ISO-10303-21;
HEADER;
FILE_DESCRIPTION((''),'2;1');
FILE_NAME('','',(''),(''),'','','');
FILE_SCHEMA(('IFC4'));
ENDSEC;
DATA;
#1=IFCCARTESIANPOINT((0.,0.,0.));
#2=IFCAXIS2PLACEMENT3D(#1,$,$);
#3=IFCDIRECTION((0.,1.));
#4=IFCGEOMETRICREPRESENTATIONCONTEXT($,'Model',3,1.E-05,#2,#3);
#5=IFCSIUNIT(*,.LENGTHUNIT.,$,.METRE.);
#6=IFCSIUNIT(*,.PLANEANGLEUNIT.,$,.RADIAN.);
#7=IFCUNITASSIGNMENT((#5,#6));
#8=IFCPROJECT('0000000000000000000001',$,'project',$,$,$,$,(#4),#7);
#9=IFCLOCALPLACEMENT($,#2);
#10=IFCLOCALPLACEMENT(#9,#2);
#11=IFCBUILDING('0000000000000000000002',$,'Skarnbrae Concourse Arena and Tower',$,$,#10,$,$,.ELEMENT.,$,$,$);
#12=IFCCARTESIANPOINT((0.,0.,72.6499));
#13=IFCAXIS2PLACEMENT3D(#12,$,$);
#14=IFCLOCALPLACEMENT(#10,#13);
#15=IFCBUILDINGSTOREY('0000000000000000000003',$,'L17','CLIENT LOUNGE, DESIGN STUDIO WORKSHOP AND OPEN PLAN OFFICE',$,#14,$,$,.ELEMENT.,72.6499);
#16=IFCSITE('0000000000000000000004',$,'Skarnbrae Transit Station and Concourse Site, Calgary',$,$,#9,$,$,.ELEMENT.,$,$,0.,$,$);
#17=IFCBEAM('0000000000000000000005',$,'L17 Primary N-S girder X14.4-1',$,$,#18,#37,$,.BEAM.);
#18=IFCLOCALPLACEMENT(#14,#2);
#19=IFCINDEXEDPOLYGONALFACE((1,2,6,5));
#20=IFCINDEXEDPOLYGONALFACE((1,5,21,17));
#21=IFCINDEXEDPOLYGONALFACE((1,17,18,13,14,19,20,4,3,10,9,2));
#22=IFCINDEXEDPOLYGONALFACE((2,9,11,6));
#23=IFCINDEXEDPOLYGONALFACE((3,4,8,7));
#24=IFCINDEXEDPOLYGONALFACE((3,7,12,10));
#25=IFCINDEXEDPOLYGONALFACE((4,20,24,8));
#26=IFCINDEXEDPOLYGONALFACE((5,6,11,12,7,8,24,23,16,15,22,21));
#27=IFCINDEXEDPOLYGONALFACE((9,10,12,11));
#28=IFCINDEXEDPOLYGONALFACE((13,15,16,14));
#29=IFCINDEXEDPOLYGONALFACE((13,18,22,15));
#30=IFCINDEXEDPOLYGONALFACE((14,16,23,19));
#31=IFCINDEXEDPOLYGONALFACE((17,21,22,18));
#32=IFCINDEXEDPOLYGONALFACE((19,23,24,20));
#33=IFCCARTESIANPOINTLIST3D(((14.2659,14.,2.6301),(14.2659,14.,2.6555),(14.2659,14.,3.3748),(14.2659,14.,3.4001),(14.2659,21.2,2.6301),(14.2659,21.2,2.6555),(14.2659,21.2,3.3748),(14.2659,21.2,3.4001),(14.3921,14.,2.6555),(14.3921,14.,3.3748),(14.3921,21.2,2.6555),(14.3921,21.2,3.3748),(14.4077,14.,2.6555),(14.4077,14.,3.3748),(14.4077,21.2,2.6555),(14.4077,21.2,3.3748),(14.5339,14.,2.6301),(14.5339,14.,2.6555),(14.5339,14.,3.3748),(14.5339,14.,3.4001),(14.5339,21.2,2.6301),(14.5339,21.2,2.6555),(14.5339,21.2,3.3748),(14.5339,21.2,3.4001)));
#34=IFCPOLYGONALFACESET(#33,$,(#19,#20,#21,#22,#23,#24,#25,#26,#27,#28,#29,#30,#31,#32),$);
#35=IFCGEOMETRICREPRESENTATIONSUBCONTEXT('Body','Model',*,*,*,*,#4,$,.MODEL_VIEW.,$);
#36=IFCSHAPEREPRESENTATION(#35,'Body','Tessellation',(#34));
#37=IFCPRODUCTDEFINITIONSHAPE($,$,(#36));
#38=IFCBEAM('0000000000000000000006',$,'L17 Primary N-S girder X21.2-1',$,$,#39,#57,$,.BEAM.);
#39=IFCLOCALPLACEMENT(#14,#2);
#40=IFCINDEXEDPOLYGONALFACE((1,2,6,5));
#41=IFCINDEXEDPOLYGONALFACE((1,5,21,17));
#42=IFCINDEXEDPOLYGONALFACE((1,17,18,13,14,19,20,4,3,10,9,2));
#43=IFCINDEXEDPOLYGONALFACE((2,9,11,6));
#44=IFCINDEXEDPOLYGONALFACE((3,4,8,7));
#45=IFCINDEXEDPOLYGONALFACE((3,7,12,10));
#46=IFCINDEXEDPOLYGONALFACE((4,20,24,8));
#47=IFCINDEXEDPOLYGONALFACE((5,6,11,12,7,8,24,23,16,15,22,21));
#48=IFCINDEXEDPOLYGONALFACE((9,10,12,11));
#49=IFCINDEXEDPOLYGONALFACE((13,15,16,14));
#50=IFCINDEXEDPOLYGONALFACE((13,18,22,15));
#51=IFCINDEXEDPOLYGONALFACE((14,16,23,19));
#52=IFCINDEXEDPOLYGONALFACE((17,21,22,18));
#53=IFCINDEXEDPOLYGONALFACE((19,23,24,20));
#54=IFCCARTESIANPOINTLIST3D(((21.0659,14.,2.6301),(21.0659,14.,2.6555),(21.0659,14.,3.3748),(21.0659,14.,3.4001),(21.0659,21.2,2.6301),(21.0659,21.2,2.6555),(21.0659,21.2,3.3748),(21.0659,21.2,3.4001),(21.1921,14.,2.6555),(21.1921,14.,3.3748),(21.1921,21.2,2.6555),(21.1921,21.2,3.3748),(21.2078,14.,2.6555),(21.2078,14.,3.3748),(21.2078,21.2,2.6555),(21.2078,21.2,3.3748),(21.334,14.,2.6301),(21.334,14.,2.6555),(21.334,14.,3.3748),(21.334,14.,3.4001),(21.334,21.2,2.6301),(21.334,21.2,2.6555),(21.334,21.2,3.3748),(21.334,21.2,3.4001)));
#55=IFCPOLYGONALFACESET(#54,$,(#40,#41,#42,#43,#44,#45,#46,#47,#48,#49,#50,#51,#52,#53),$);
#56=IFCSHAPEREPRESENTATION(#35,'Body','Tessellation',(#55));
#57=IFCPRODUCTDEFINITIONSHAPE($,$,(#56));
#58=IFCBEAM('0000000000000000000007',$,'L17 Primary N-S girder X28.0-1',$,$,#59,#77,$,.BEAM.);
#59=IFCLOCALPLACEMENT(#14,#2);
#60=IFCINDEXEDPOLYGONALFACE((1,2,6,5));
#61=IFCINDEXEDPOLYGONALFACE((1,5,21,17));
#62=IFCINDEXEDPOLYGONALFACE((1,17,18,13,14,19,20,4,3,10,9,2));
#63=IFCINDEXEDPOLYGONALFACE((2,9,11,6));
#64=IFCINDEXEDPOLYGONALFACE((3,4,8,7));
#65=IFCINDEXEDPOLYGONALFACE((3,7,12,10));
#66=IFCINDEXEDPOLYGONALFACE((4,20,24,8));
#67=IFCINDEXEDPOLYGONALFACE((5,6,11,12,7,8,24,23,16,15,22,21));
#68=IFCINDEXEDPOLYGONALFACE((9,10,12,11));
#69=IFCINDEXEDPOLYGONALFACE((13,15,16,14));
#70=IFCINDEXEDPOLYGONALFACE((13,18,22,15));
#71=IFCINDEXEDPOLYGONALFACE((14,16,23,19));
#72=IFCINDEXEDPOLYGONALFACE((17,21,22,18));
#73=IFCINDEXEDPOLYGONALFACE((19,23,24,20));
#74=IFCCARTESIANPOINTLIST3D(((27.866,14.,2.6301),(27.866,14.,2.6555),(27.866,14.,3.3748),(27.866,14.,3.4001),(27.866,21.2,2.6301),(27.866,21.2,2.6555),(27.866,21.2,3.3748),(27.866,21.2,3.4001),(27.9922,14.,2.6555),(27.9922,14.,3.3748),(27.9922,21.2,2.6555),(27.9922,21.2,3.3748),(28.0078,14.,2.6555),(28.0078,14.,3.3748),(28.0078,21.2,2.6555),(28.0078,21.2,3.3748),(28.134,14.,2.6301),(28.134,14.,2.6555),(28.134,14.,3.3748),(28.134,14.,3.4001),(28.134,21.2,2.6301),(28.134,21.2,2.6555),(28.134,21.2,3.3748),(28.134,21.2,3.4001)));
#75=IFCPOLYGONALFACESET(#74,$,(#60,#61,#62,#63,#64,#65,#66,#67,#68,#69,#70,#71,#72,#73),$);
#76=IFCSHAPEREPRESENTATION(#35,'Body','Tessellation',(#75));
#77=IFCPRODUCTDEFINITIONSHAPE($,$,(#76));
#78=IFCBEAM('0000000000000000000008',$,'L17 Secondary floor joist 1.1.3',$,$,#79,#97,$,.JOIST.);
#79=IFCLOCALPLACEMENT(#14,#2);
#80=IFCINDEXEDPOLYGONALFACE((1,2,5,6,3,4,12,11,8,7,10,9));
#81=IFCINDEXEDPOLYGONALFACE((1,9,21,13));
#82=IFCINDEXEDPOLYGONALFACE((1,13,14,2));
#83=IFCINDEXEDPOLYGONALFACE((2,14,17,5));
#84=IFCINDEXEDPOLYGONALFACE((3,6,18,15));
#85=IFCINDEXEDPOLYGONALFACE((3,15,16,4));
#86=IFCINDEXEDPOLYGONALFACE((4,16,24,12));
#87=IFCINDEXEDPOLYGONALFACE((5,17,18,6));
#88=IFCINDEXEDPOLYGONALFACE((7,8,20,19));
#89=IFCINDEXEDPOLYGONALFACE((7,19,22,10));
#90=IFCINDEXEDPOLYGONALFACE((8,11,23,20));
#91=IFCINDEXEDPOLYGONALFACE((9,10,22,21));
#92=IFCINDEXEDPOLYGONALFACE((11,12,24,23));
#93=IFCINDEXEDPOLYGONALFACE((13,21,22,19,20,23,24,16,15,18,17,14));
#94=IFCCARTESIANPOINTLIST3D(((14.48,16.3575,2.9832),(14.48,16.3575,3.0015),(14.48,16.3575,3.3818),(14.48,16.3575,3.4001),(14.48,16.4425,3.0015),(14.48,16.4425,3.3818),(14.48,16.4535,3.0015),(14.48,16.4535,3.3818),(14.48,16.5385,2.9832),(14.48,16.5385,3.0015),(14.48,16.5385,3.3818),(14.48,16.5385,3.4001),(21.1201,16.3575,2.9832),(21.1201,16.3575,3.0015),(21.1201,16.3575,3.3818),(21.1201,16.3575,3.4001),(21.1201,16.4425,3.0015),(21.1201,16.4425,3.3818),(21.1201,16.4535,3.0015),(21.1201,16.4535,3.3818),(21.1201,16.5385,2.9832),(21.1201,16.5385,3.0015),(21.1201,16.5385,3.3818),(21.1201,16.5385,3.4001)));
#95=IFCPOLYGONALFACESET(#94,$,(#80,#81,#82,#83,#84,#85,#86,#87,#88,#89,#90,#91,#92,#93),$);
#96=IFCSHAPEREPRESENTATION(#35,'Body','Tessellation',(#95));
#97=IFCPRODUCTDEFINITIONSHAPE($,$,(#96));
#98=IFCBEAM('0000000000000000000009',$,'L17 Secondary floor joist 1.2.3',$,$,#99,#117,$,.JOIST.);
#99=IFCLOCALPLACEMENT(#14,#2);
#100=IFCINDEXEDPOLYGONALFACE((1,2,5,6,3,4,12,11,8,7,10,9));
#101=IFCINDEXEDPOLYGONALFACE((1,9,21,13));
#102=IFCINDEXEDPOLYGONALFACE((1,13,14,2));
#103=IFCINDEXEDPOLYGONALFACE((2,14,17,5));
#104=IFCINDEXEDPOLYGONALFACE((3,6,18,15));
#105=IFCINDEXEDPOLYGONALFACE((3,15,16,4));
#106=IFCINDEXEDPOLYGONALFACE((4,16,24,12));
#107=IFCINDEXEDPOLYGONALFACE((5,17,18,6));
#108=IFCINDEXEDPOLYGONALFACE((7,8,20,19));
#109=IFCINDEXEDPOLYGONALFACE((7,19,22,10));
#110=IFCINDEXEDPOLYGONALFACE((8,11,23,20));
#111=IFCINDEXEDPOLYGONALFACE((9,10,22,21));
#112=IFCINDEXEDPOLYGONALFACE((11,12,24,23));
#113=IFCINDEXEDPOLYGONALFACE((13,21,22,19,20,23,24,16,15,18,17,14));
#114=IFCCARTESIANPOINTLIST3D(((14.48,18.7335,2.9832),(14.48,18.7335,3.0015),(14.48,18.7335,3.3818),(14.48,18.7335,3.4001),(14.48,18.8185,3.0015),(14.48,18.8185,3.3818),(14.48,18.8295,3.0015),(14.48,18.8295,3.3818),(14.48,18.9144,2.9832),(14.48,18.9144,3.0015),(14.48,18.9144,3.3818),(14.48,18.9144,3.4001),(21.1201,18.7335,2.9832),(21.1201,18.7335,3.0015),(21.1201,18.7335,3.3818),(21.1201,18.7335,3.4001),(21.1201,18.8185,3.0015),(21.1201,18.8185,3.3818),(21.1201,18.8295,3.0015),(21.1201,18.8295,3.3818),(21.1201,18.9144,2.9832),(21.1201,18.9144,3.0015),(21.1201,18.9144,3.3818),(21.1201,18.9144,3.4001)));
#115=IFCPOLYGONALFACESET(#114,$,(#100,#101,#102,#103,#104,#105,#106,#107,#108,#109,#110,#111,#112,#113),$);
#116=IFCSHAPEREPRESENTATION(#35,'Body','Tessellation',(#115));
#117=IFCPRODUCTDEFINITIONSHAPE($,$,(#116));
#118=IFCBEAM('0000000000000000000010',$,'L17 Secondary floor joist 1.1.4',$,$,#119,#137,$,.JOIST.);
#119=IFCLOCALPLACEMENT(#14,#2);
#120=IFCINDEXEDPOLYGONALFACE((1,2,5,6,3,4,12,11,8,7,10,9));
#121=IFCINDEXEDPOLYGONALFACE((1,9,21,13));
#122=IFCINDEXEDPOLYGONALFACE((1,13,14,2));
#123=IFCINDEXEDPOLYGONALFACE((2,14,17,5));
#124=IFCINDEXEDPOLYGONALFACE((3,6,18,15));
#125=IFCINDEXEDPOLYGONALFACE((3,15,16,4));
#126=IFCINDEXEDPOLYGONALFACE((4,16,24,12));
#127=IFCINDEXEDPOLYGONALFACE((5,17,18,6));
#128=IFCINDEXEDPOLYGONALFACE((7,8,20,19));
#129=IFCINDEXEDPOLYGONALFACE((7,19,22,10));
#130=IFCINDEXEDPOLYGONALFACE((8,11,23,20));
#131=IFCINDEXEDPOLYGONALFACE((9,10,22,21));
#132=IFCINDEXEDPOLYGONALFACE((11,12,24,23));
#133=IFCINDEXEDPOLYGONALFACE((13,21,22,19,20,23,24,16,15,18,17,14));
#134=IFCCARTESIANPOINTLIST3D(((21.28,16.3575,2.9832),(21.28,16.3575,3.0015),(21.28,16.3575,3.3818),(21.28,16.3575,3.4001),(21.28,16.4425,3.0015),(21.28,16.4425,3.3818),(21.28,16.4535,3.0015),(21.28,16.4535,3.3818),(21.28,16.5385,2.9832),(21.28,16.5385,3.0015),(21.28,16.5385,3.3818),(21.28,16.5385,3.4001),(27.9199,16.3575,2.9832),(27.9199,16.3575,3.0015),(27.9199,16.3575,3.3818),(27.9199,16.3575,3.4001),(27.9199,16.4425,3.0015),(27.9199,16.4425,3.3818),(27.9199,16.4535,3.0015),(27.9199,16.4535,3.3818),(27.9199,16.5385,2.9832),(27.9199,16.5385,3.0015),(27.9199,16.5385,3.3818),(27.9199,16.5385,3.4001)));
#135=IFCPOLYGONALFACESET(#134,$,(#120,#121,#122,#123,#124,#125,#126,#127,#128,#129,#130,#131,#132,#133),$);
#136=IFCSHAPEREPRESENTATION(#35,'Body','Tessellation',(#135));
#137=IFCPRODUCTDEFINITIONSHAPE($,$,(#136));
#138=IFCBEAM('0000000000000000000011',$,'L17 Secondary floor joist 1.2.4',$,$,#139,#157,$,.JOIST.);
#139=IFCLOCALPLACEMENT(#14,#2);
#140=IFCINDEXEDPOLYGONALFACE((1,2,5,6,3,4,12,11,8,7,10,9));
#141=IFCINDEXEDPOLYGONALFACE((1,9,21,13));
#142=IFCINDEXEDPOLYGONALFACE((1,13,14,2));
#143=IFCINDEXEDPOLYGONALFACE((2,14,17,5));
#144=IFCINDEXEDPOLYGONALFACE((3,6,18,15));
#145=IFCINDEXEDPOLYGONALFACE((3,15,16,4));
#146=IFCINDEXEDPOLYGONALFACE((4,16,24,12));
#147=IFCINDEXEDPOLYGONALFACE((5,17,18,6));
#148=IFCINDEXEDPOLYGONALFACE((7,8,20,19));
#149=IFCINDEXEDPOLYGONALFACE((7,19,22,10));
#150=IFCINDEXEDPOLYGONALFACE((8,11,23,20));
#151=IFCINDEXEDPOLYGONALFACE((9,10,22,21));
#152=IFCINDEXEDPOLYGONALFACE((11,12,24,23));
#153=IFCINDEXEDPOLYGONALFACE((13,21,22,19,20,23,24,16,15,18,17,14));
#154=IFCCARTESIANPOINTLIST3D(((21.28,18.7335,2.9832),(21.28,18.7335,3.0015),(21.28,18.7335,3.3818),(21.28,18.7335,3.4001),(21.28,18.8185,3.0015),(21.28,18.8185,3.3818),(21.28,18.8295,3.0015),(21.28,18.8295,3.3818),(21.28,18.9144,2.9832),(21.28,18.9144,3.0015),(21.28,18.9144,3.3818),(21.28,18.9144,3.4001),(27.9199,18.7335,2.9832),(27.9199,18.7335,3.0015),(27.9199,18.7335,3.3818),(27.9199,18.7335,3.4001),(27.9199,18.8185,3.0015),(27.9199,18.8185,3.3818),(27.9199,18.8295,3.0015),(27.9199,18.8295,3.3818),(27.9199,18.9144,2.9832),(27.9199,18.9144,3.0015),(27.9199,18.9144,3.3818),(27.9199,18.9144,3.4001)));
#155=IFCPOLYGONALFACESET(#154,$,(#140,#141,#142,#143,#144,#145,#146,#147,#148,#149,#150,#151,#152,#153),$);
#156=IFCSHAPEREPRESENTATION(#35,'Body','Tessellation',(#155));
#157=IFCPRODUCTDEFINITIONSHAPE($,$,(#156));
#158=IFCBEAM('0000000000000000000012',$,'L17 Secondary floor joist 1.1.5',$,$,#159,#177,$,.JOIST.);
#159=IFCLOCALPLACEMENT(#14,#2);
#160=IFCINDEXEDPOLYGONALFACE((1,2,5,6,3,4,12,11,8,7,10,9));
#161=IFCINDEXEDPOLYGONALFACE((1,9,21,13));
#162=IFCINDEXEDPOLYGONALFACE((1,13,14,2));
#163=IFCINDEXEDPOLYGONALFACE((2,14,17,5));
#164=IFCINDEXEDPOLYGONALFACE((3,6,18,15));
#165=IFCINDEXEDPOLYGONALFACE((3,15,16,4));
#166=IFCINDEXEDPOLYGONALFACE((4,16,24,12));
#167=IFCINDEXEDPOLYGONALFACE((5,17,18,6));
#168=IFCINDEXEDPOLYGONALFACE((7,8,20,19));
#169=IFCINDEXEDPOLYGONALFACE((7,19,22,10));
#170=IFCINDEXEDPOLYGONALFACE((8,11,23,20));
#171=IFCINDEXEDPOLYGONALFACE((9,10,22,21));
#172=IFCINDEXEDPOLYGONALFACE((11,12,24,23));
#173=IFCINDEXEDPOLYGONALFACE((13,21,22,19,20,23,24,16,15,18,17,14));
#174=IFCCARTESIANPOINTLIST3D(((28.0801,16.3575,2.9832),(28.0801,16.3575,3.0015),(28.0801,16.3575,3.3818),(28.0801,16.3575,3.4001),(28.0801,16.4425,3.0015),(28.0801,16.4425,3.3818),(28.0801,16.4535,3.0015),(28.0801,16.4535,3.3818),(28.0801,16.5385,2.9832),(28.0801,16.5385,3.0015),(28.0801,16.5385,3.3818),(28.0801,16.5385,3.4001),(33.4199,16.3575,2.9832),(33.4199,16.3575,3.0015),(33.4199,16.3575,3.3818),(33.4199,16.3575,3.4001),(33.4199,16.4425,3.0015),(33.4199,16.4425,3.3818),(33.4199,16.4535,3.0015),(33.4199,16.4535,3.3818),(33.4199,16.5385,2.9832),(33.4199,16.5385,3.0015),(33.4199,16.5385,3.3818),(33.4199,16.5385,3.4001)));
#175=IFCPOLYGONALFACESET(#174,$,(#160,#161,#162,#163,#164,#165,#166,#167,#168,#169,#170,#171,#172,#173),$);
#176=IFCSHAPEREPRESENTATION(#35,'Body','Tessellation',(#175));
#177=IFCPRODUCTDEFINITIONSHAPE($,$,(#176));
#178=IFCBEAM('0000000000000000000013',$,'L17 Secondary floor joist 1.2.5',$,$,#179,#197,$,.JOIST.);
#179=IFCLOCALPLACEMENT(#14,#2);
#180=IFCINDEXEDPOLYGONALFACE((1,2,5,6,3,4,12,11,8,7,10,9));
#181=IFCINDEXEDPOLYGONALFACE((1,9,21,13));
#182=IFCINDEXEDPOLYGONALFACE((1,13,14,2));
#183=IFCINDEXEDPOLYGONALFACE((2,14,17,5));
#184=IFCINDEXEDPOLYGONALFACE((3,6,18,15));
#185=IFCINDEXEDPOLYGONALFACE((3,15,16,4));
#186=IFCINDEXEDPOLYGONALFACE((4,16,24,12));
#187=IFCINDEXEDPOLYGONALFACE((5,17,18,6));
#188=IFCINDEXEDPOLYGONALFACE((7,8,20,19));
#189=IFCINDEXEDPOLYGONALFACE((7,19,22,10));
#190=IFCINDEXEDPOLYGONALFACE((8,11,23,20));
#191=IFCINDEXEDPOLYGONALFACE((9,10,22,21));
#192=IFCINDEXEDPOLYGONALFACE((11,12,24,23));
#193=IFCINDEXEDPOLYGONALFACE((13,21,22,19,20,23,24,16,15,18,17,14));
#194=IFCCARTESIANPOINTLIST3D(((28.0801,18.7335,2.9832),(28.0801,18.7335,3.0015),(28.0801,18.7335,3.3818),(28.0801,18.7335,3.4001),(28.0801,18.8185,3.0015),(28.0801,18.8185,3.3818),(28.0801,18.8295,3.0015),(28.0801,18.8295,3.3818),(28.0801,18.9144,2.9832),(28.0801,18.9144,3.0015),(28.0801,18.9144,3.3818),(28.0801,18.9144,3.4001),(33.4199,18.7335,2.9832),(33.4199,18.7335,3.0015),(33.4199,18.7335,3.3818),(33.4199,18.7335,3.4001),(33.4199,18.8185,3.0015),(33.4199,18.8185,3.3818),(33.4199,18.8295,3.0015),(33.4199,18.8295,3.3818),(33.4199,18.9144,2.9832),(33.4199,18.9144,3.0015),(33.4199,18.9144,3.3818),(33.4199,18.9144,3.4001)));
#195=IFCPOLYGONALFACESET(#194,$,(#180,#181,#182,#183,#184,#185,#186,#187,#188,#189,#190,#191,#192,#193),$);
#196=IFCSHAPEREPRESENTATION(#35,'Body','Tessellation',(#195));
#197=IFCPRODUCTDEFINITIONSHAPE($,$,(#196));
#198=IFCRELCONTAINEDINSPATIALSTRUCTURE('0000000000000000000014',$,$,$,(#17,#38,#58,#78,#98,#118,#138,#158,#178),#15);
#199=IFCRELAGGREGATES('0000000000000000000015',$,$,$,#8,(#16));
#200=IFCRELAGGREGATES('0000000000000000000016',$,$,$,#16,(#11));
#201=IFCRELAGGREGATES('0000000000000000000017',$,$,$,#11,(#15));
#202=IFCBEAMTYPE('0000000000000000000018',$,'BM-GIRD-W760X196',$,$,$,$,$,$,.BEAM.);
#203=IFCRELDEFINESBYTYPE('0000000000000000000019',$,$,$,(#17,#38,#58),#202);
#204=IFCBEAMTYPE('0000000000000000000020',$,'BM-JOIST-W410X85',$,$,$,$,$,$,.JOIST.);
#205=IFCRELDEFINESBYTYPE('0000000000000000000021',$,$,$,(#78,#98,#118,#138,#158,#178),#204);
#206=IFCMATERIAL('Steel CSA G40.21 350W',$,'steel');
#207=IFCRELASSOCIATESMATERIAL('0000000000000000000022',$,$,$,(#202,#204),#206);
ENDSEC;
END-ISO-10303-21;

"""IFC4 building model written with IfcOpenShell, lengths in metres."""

from ifc_helpers import new_model, si_unit, direction, frame, origin, origin_2d, place, context, subcontext, project, spatial, i_section, extrude, source, transform, mapped, material, material_profile, profile_set, type_object, element, save


model = new_model("IFC4")

# Units and contexts
model_context = context("Model", 3, precision=1e-05, world=origin(), true_north=direction((0.0, 1.0)))
body_context = subcontext(model_context, "Body", "Model", "MODEL_VIEW")
ifc_project = project(units=[si_unit("LENGTHUNIT", "METRE"), si_unit("PLANEANGLEUNIT", "RADIAN")], contexts=[model_context])

# Site, building, storey
site_placement = place(None, origin())
site = spatial("IfcSite", under=ifc_project, at=site_placement, Name="Skarnbrae Transit Station and Concourse Site, Calgary", CompositionType="ELEMENT", RefElevation=0.0)
building_placement = place(site_placement, origin())
building = spatial("IfcBuilding", under=site, at=building_placement, Name="Skarnbrae Concourse Arena and Tower", CompositionType="ELEMENT")
storey_placement = place(building_placement, frame((0.0, 0.0, 72.6499)))
storey = spatial("IfcBuildingStorey", under=building, at=storey_placement, Name="L17", Description="CLIENT LOUNGE, DESIGN STUDIO WORKSHOP AND OPEN PLAN OFFICE", CompositionType="ELEMENT", Elevation=72.6499)

# Shared definitions
ifc_material_1 = material(Name="Steel CSA G40.21 350W", Category="steel")

# Beams
ifc_material_profile_1 = material_profile(ifc_material_1, i_section(OverallWidth=0.2681, OverallDepth=0.77, WebThickness=0.0156, FlangeThickness=0.0254, at=origin_2d()), Name="W760X196")
ifc_profile_set_1 = profile_set([ifc_material_profile_1], Name="Steel CSA G40.21 350W")
beam_type_1 = type_object("IfcBeamType", Name="BM-GIRD-W760X196", PredefinedType="BEAM", material=ifc_profile_set_1)
shared_shape_1 = source(origin(), body_context, "Body", "SweptSolid", [
    extrude(i_section(OverallWidth=0.2681, OverallDepth=0.77, WebThickness=0.0156, FlangeThickness=0.0254, at=origin_2d()), origin(), (0.0, 0.0, 1.0), 7.2),
])
for number, where, z_axis, x_axis, name in (
    (1, (14.3999, 14.0, 3.0151), (0.0, 1.0, 0.0), (-1.0, 0.0, 0.0), "L17 Primary N-S girder X14.4-1"),
    (2, (21.2, 14.0, 3.0151), (0.0, 1.0, 0.0), (-1.0, 0.0, 0.0), "L17 Primary N-S girder X21.2-1"),
    (3, (28.0, 14.0, 3.0151), (0.0, 1.0, 0.0), (-1.0, 0.0, 0.0), "L17 Primary N-S girder X28.0-1"),
):
    element("IfcBeam", number, at=place(storey_placement, frame(where, z_axis=z_axis, x_axis=x_axis)), inside=storey, type_object=beam_type_1, Name=name, PredefinedType="BEAM", context=body_context, shape_type="MappedRepresentation", body=[
        mapped(shared_shape_1, transform((0.0, 0.0, 0.0))),
    ])
ifc_material_profile_2 = material_profile(ifc_material_1, i_section(OverallWidth=0.1809, OverallDepth=0.417, WebThickness=0.011, FlangeThickness=0.0183, at=origin_2d()), Name="W410X85")
ifc_profile_set_2 = profile_set([ifc_material_profile_2], Name="Steel CSA G40.21 350W")
beam_type_2 = type_object("IfcBeamType", Name="BM-JOIST-W410X85", PredefinedType="JOIST", material=ifc_profile_set_2)
shared_shape_2 = source(origin(), body_context, "Body", "SweptSolid", [
    extrude(i_section(OverallWidth=0.1809, OverallDepth=0.417, WebThickness=0.011, FlangeThickness=0.0183, at=origin_2d()), origin(), (0.0, 0.0, 1.0), 6.6401),
])
for number, where, z_axis, x_axis, name in (
    (4, (14.48, 16.448, 3.1917), (1.0, 0.0, 0.0), (0.0, 1.0, 0.0), "L17 Secondary floor joist 1.1.3"),
    (5, (14.48, 18.824, 3.1917), (1.0, 0.0, 0.0), (0.0, 1.0, 0.0), "L17 Secondary floor joist 1.2.3"),
):
    element("IfcBeam", number, at=place(storey_placement, frame(where, z_axis=z_axis, x_axis=x_axis)), inside=storey, type_object=beam_type_2, Name=name, PredefinedType="JOIST", context=body_context, shape_type="MappedRepresentation", body=[
        mapped(shared_shape_2, transform((0.0, 0.0, 0.0))),
    ])
shared_shape_3 = source(origin(), body_context, "Body", "SweptSolid", [
    extrude(i_section(OverallWidth=0.1809, OverallDepth=0.417, WebThickness=0.011, FlangeThickness=0.0183, at=origin_2d()), origin(), (0.0, 0.0, 1.0), 6.6399),
])
for number, where, z_axis, x_axis, name in (
    (6, (21.28, 16.448, 3.1917), (1.0, 0.0, 0.0), (0.0, 1.0, 0.0), "L17 Secondary floor joist 1.1.4"),
    (7, (21.28, 18.824, 3.1917), (1.0, 0.0, 0.0), (0.0, 1.0, 0.0), "L17 Secondary floor joist 1.2.4"),
):
    element("IfcBeam", number, at=place(storey_placement, frame(where, z_axis=z_axis, x_axis=x_axis)), inside=storey, type_object=beam_type_2, Name=name, PredefinedType="JOIST", context=body_context, shape_type="MappedRepresentation", body=[
        mapped(shared_shape_3, transform((0.0, 0.0, 0.0))),
    ])
shared_shape_4 = source(origin(), body_context, "Body", "SweptSolid", [
    extrude(i_section(OverallWidth=0.1809, OverallDepth=0.417, WebThickness=0.011, FlangeThickness=0.0183, at=origin_2d()), origin(), (0.0, 0.0, 1.0), 5.3398),
])
for number, where, z_axis, x_axis, name in (
    (8, (28.0801, 16.448, 3.1917), (1.0, 0.0, 0.0), (0.0, 1.0, 0.0), "L17 Secondary floor joist 1.1.5"),
    (9, (28.0801, 18.824, 3.1917), (1.0, 0.0, 0.0), (0.0, 1.0, 0.0), "L17 Secondary floor joist 1.2.5"),
):
    element("IfcBeam", number, at=place(storey_placement, frame(where, z_axis=z_axis, x_axis=x_axis)), inside=storey, type_object=beam_type_2, Name=name, PredefinedType="JOIST", context=body_context, shape_type="MappedRepresentation", body=[
        mapped(shared_shape_4, transform((0.0, 0.0, 0.0))),
    ])

save(model, "model.ifc")
